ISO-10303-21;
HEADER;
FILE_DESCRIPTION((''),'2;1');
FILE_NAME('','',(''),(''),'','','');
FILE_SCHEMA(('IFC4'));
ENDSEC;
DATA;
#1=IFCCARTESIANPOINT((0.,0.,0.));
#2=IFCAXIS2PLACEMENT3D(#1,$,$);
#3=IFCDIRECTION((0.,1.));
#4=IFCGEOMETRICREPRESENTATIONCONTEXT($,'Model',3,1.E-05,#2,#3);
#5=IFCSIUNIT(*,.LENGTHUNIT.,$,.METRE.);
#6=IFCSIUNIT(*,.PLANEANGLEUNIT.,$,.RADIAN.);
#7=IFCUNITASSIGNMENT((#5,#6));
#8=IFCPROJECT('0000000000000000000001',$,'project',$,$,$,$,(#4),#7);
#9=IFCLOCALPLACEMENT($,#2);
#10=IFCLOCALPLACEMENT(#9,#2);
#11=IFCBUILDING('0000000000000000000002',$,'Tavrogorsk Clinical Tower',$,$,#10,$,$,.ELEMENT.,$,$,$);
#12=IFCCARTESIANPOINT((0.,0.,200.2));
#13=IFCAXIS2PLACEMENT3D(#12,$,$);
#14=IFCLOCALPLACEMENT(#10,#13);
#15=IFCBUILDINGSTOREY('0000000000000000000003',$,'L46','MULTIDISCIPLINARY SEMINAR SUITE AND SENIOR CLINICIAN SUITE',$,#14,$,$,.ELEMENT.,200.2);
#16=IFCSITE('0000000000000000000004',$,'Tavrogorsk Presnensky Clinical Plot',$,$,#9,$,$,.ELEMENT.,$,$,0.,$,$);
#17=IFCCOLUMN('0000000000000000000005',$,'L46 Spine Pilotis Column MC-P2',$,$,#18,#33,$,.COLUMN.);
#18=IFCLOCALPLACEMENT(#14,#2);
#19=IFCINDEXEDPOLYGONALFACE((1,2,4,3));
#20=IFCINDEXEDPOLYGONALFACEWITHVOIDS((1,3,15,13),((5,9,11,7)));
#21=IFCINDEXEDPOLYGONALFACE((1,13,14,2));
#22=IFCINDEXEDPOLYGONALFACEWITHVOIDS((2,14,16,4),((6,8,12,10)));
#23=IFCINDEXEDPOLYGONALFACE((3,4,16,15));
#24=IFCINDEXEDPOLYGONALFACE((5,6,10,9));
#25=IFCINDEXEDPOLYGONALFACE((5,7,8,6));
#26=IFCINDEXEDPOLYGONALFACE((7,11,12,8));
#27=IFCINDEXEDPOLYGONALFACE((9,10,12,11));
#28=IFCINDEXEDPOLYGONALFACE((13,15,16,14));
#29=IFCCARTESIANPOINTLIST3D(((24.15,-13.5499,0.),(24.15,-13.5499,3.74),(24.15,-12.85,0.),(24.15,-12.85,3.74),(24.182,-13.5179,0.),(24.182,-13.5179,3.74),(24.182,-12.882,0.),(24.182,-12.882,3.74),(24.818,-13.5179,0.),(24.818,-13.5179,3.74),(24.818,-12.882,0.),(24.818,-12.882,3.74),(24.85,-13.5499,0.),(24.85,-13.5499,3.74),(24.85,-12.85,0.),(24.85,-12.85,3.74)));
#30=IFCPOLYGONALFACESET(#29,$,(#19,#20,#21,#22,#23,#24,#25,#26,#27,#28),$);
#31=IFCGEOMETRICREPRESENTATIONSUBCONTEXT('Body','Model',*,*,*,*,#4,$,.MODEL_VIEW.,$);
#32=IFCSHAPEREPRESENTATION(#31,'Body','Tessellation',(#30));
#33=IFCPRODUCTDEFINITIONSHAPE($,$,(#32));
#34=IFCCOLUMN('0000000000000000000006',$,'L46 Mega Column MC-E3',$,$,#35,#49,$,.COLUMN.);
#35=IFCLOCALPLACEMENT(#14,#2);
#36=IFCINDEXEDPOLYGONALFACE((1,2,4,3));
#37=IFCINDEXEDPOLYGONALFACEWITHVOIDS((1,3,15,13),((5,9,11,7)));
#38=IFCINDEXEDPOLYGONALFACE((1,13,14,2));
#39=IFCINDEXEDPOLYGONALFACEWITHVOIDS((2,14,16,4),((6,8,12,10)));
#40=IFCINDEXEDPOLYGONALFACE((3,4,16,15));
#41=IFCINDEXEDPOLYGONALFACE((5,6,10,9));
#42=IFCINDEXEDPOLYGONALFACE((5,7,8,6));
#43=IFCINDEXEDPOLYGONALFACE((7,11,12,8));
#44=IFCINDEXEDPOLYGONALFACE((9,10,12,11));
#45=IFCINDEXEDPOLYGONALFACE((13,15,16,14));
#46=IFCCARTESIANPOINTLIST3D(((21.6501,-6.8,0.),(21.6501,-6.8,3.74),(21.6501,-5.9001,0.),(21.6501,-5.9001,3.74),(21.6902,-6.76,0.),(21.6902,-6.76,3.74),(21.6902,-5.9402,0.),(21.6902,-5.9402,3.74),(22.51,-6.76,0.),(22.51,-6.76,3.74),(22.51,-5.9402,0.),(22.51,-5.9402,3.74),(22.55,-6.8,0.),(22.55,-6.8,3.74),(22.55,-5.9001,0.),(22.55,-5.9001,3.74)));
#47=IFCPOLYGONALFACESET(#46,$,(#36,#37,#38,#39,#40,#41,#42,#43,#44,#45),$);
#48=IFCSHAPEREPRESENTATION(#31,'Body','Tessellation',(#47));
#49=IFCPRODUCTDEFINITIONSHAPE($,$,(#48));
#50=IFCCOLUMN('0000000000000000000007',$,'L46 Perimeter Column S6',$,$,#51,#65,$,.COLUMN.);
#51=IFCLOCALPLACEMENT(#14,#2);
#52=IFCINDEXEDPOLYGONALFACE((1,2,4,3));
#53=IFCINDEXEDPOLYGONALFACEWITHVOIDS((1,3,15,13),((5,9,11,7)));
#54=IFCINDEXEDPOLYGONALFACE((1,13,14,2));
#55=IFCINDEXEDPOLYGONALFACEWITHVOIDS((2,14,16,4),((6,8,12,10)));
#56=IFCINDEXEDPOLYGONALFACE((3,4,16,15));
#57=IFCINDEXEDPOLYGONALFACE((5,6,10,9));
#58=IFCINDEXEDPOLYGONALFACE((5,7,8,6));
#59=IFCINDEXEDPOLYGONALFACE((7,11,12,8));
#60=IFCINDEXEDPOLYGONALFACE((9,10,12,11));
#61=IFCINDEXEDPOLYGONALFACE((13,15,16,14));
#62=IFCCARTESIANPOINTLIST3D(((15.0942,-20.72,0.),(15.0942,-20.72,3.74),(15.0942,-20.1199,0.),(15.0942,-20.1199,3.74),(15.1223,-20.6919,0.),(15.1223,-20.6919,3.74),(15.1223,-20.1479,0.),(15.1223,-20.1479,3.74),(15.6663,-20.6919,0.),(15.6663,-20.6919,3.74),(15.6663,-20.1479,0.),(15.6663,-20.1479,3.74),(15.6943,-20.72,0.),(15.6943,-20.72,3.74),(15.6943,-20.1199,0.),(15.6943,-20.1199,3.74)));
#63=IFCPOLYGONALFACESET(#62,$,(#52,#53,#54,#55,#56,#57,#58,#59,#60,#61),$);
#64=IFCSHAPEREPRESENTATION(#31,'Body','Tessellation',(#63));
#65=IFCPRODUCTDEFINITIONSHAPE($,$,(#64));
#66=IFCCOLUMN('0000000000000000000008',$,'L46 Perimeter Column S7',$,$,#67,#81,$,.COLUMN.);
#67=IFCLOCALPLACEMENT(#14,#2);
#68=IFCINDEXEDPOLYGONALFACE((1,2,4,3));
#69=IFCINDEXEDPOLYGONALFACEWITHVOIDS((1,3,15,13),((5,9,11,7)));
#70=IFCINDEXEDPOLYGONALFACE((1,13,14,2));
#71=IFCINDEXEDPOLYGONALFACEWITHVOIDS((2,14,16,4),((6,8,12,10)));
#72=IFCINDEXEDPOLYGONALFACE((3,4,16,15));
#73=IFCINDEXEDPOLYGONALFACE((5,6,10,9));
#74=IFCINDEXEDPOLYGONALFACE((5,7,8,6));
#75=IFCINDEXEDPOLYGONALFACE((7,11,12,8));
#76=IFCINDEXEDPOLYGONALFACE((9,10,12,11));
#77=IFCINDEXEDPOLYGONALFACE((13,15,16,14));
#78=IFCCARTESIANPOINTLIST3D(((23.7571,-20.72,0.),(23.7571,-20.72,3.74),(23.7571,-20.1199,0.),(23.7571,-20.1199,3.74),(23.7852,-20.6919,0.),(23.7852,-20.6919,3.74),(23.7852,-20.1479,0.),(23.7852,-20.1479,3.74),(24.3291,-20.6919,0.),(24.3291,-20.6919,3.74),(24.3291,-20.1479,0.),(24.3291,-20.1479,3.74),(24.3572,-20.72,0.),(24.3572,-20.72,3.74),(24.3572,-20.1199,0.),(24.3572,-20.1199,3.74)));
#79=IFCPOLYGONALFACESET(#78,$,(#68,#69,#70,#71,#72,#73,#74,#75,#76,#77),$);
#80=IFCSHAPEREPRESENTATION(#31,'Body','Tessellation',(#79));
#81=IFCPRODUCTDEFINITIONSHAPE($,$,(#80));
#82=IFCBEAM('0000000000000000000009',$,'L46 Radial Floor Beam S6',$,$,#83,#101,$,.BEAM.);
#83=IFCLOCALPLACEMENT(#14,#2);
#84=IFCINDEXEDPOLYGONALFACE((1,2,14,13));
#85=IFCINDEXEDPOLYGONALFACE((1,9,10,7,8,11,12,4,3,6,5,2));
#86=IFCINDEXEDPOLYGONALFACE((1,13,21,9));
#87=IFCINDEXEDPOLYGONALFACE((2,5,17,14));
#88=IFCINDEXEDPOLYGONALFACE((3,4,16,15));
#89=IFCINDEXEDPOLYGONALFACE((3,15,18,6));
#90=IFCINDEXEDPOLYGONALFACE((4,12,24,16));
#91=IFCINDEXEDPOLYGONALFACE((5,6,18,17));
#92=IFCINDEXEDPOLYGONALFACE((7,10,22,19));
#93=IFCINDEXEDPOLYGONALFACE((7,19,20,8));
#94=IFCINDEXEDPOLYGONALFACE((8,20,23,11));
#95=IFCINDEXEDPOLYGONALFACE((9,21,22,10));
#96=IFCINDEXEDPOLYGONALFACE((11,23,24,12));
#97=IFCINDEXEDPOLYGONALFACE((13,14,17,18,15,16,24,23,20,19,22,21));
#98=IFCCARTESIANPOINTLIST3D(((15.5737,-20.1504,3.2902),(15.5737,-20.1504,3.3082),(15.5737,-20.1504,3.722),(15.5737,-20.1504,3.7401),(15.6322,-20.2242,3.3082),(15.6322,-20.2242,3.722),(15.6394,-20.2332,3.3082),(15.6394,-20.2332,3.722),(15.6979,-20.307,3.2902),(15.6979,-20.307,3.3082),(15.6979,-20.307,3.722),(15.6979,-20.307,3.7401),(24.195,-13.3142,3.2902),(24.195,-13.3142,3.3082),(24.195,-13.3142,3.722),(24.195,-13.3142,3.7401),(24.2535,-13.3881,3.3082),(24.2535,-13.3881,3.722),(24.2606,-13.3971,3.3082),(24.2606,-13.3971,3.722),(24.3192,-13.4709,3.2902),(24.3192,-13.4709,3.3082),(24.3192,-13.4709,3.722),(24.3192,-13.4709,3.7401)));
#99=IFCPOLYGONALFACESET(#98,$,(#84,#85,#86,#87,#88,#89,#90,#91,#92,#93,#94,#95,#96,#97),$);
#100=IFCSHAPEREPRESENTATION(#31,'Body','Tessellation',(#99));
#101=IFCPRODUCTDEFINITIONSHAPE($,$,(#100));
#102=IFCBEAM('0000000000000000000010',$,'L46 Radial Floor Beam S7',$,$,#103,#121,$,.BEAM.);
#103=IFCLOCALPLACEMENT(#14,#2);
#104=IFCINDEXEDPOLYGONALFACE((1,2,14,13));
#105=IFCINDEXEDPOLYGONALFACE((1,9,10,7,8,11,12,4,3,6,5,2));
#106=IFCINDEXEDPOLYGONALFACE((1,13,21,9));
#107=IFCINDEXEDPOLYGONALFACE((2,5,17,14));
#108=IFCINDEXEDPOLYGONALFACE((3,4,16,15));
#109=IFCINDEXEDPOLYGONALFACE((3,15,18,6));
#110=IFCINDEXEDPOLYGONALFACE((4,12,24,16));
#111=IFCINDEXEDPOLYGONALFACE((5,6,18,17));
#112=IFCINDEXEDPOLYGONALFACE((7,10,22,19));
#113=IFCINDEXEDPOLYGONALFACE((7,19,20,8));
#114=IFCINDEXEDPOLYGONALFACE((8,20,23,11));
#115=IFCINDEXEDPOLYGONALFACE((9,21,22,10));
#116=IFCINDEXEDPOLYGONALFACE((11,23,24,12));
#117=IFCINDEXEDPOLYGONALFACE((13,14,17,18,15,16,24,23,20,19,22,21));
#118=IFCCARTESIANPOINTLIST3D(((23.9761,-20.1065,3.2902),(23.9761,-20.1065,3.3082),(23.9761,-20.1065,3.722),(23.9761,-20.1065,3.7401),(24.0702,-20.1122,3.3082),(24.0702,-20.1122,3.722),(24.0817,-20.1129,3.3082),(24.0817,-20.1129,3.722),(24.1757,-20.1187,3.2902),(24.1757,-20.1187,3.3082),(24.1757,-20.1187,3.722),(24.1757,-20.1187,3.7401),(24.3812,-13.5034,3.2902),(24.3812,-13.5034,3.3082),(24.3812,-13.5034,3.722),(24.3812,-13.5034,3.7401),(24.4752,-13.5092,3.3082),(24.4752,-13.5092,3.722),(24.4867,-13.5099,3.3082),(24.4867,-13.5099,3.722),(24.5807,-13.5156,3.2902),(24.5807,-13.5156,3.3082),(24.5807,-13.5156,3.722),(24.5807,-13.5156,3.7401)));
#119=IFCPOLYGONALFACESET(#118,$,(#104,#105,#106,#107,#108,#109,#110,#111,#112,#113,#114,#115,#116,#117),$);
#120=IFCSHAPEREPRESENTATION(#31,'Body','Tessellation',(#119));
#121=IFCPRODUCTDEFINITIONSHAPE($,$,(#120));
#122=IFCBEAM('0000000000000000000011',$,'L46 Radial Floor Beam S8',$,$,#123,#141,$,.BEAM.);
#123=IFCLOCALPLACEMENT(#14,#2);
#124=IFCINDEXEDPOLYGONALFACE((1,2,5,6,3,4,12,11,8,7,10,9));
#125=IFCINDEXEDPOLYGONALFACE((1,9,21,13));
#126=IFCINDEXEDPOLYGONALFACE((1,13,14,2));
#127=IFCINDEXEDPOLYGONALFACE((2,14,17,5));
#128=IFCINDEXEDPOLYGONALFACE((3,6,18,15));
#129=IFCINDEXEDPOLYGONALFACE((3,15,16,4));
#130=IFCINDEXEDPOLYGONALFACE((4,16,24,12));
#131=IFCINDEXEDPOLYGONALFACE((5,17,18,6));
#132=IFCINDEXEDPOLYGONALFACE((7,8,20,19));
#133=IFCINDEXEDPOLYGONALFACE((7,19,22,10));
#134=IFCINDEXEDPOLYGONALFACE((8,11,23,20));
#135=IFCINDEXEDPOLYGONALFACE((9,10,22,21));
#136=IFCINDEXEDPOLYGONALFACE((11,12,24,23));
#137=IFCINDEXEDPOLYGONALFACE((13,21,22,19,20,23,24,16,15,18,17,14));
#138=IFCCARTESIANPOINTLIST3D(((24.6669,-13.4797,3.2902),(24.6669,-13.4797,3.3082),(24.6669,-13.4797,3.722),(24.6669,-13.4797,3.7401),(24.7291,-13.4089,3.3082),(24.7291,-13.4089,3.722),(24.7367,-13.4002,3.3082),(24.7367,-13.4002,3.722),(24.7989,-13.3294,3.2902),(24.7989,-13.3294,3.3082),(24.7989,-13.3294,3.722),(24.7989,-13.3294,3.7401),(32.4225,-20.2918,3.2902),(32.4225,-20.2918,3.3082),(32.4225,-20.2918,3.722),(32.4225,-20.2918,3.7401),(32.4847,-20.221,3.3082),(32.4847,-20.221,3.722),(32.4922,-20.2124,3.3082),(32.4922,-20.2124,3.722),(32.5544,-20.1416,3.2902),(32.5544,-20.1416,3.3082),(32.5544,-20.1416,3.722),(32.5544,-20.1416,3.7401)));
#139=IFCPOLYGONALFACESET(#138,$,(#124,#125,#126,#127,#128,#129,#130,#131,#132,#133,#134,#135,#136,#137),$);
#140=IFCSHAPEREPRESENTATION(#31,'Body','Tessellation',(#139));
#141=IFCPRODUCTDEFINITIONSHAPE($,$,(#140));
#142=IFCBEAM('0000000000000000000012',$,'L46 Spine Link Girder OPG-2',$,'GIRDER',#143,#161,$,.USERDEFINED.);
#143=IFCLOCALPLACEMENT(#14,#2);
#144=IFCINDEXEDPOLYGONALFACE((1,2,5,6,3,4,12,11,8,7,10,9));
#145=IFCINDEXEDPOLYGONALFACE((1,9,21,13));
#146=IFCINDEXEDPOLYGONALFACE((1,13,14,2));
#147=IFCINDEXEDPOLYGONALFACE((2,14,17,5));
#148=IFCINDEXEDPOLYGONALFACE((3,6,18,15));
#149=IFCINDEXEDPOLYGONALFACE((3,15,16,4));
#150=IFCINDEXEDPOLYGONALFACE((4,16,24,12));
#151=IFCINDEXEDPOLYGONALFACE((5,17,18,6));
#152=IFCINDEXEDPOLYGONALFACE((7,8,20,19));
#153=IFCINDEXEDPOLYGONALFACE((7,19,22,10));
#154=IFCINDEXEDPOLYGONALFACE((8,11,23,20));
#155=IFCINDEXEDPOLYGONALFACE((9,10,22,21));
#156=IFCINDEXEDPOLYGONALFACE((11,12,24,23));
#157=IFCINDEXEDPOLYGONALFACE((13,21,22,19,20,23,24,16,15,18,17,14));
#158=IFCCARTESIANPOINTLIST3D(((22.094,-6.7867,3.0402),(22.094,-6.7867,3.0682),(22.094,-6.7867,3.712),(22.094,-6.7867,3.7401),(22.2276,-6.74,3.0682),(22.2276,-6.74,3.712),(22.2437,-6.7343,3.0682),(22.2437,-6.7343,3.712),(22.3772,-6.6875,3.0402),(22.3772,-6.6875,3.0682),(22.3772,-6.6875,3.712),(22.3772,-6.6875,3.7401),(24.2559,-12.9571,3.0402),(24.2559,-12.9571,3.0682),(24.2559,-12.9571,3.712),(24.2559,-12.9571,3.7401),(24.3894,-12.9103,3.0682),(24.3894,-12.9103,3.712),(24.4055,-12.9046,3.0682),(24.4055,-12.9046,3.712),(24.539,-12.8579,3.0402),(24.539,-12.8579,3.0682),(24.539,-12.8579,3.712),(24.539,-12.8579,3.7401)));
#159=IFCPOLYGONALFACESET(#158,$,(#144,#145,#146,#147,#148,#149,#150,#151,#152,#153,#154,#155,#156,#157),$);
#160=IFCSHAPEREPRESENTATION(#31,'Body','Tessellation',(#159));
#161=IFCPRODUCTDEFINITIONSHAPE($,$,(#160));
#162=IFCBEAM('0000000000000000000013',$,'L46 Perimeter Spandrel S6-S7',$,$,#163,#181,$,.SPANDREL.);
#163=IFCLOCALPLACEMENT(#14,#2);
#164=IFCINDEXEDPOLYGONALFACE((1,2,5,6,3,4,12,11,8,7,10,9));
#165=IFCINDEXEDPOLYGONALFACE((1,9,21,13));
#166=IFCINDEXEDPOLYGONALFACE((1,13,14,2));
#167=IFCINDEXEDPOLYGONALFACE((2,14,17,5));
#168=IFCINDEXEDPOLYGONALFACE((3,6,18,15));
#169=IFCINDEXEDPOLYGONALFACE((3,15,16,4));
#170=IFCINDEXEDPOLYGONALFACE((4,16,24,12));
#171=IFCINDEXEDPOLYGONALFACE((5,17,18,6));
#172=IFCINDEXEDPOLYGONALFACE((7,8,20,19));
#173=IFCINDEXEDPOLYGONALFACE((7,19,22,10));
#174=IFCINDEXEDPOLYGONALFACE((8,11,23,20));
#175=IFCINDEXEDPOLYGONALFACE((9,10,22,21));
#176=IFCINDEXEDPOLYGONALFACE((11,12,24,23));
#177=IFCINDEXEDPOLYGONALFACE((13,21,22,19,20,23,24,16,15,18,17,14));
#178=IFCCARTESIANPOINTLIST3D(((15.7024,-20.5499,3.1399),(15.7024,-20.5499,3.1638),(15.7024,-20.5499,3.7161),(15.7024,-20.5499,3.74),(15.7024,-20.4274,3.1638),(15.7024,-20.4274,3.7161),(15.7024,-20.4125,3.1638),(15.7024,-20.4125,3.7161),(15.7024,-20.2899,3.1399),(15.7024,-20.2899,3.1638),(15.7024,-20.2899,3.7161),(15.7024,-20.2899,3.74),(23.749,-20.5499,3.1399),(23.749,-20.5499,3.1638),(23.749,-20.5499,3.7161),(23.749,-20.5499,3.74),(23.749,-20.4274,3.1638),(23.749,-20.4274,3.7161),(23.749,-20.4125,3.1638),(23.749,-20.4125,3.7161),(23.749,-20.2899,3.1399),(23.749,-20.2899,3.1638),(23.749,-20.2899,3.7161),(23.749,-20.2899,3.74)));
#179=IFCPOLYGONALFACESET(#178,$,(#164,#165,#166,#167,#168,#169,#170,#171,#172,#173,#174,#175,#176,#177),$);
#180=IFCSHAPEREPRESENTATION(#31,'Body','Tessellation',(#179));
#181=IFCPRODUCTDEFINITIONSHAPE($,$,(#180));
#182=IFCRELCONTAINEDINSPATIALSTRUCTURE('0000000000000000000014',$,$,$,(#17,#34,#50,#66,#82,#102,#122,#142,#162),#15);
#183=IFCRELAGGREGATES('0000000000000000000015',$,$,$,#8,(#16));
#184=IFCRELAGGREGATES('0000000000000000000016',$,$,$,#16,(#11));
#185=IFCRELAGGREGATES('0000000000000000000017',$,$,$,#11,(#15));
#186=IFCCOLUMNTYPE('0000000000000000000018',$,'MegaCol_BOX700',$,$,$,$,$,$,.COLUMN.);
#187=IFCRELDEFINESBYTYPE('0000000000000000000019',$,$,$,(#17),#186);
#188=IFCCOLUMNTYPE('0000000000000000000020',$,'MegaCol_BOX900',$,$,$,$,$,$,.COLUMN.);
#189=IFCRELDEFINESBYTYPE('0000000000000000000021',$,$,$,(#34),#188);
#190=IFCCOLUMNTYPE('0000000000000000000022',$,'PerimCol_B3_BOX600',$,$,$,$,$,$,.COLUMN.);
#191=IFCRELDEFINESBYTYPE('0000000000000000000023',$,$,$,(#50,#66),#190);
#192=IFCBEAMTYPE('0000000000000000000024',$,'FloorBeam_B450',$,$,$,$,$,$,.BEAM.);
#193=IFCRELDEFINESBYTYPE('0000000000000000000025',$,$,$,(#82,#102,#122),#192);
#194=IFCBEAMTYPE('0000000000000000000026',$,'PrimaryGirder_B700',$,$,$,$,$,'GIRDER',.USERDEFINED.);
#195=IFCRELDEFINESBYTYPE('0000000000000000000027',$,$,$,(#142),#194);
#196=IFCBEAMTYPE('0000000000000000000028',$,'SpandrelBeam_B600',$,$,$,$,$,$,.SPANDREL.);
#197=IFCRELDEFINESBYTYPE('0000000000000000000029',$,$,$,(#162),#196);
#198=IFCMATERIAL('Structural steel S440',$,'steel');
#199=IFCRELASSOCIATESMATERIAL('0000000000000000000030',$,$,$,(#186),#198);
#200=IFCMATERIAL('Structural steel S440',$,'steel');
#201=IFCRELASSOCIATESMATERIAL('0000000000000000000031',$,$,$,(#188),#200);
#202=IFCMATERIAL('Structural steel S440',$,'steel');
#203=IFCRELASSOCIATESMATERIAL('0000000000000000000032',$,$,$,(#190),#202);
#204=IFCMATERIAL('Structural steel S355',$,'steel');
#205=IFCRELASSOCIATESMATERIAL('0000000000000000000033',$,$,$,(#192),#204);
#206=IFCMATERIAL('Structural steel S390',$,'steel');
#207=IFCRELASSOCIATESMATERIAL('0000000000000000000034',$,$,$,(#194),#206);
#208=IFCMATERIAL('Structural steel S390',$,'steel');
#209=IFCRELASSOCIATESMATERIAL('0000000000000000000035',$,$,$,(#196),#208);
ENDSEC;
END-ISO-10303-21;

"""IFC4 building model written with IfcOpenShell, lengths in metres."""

from ifc_helpers import new_model, si_unit, direction, frame, origin, origin_2d, place, context, subcontext, project, spatial, hollow_rectangle, i_section, extrude, material, material_profile, profile_set, type_object, element, save


model = new_model("IFC4")

# Units and contexts
model_context = context("Model", 3, precision=1e-05, world=origin(), true_north=direction((0.0, 1.0)))
body_context = subcontext(model_context, "Body", "Model", "MODEL_VIEW")
ifc_project = project(units=[si_unit("LENGTHUNIT", "METRE"), si_unit("PLANEANGLEUNIT", "RADIAN")], contexts=[model_context])

# Site, building, storey
site_placement = place(None, origin())
site = spatial("IfcSite", under=ifc_project, at=site_placement, Name="Tavrogorsk Presnensky Clinical Plot", CompositionType="ELEMENT", RefElevation=0.0)
building_placement = place(site_placement, origin())
building = spatial("IfcBuilding", under=site, at=building_placement, Name="Tavrogorsk Clinical Tower", CompositionType="ELEMENT")
storey_placement = place(building_placement, frame((0.0, 0.0, 200.2)))
storey = spatial("IfcBuildingStorey", under=building, at=storey_placement, Name="L46", Description="MULTIDISCIPLINARY SEMINAR SUITE AND SENIOR CLINICIAN SUITE", CompositionType="ELEMENT", Elevation=200.2)

# Columns
ifc_material_1 = material(Name="Structural steel S440", Category="steel")
ifc_material_profile_1 = material_profile(ifc_material_1, hollow_rectangle(XDim=0.7, YDim=0.7, WallThickness=0.032, at=origin_2d()), Name="BOX-700x700x32")
ifc_profile_set_1 = profile_set([ifc_material_profile_1], Name="Structural steel S440")
column_type_1 = type_object("IfcColumnType", Name="MegaCol_BOX700", PredefinedType="COLUMN", material=ifc_profile_set_1)
column_1_placement = place(storey_placement, frame((24.5, -13.2, 0.0), z_axis=(0.0, 0.0, 1.0), x_axis=(1.0, 0.0, 0.0)))
element("IfcColumn", 1, at=column_1_placement, inside=storey, type_object=column_type_1, Name="L46 Spine Pilotis Column MC-P2", PredefinedType="COLUMN", context=body_context, shape_type="SweptSolid", body=[
    extrude(hollow_rectangle(XDim=0.7, YDim=0.7, WallThickness=0.032, at=origin_2d()), origin(), (0.0, 0.0, 1.0), 3.74),
])
ifc_material_2 = material(Name="Structural steel S440", Category="steel")
ifc_material_profile_2 = material_profile(ifc_material_2, hollow_rectangle(XDim=0.8999, YDim=0.8999, WallThickness=0.04, at=origin_2d()), Name="BOX-900x900x40")
ifc_profile_set_2 = profile_set([ifc_material_profile_2], Name="Structural steel S440")
column_type_2 = type_object("IfcColumnType", Name="MegaCol_BOX900", PredefinedType="COLUMN", material=ifc_profile_set_2)
column_2_placement = place(storey_placement, frame((22.1001, -6.3501, 0.0), z_axis=(0.0, 0.0, 1.0), x_axis=(1.0, 0.0, 0.0)))
element("IfcColumn", 2, at=column_2_placement, inside=storey, type_object=column_type_2, Name="L46 Mega Column MC-E3", PredefinedType="COLUMN", context=body_context, shape_type="SweptSolid", body=[
    extrude(hollow_rectangle(XDim=0.8999, YDim=0.8999, WallThickness=0.04, at=origin_2d()), origin(), (0.0, 0.0, 1.0), 3.74),
])
ifc_material_3 = material(Name="Structural steel S440", Category="steel")
ifc_material_profile_3 = material_profile(ifc_material_3, hollow_rectangle(XDim=0.6001, YDim=0.6001, WallThickness=0.0281, at=origin_2d()), Name="BOX-600x600x28")
ifc_profile_set_3 = profile_set([ifc_material_profile_3], Name="Structural steel S440")
column_type_3 = type_object("IfcColumnType", Name="PerimCol_B3_BOX600", PredefinedType="COLUMN", material=ifc_profile_set_3)
for number, where, z_axis, x_axis, name in (
    (3, (15.3943, -20.4199, 0.0), (0.0, 0.0, 1.0), (1.0, 0.0, 0.0), "L46 Perimeter Column S6"),
    (4, (24.0571, -20.4199, 0.0), (0.0, 0.0, 1.0), (1.0, 0.0, 0.0), "L46 Perimeter Column S7"),
):
    element("IfcColumn", number, at=place(storey_placement, frame(where, z_axis=z_axis, x_axis=x_axis)), inside=storey, type_object=column_type_3, Name=name, PredefinedType="COLUMN", context=body_context, shape_type="SweptSolid", body=[
        extrude(hollow_rectangle(XDim=0.6001, YDim=0.6001, WallThickness=0.0281, at=origin_2d()), origin(), (0.0, 0.0, 1.0), 3.74),
    ])

# Beams
ifc_material_4 = material(Name="Structural steel S355", Category="steel")
ifc_material_profile_4 = material_profile(ifc_material_4, i_section(OverallWidth=0.2, OverallDepth=0.45, WebThickness=0.0115, FlangeThickness=0.0181, at=origin_2d()), Name="B-450x200x11.5x18")
ifc_profile_set_4 = profile_set([ifc_material_profile_4], Name="Structural steel S355")
beam_type_1 = type_object("IfcBeamType", Name="FloorBeam_B450", PredefinedType="BEAM", material=ifc_profile_set_4)
beam_1_placement = place(storey_placement, frame((24.2571, -13.3926, 3.5151), z_axis=(-0.783561, -0.621315, 0.0), x_axis=(0.621315, -0.783561, 0.0)))
element("IfcBeam", 5, at=beam_1_placement, inside=storey, type_object=beam_type_1, Name="L46 Radial Floor Beam S6", PredefinedType="BEAM", context=body_context, shape_type="SweptSolid", body=[
    extrude(i_section(OverallWidth=0.2, OverallDepth=0.45, WebThickness=0.0115, FlangeThickness=0.0181, at=origin_2d()), origin(), (0.0, 0.0, 1.0), 11.0027),
])
beam_2_placement = place(storey_placement, frame((24.481, -13.5095, 3.5151), z_axis=(-0.061225, -0.998124, 0.0), x_axis=(0.998124, -0.061225, 0.0)))
element("IfcBeam", 6, at=beam_2_placement, inside=storey, type_object=beam_type_1, Name="L46 Radial Floor Beam S7", PredefinedType="BEAM", context=body_context, shape_type="SweptSolid", body=[
    extrude(i_section(OverallWidth=0.2, OverallDepth=0.45, WebThickness=0.0115, FlangeThickness=0.0181, at=origin_2d()), origin(), (0.0, 0.0, 1.0), 6.6155),
])
beam_3_placement = place(storey_placement, frame((24.7329, -13.4045, 3.5151), z_axis=(0.751323, -0.659935, 0.0), x_axis=(0.659935, 0.751323, 0.0)))
element("IfcBeam", 7, at=beam_3_placement, inside=storey, type_object=beam_type_1, Name="L46 Radial Floor Beam S8", PredefinedType="BEAM", context=body_context, shape_type="SweptSolid", body=[
    extrude(i_section(OverallWidth=0.2, OverallDepth=0.45, WebThickness=0.0115, FlangeThickness=0.0181, at=origin_2d()), origin(), (0.0, 0.0, 1.0), 10.3225),
])
ifc_material_5 = material(Name="Structural steel S390", Category="steel")
ifc_material_profile_5 = material_profile(ifc_material_5, i_section(OverallWidth=0.3, OverallDepth=0.7, WebThickness=0.0171, FlangeThickness=0.0281, at=origin_2d()), Name="B-700x300x17x28")
ifc_profile_set_5 = profile_set([ifc_material_profile_5], Name="Structural steel S390")
beam_type_2 = type_object("IfcBeamType", Name="PrimaryGirder_B700", ElementType="GIRDER", PredefinedType="USERDEFINED", material=ifc_profile_set_5)
beam_4_placement = place(storey_placement, frame((24.3975, -12.9075, 3.3901), z_axis=(-0.330653, 0.943752, 0.0), x_axis=(-0.943752, -0.330653, 0.0)))
element("IfcBeam", 8, at=beam_4_placement, inside=storey, type_object=beam_type_2, Name="L46 Spine Link Girder OPG-2", ObjectType="GIRDER", PredefinedType="USERDEFINED", context=body_context, shape_type="SweptSolid", body=[
    extrude(i_section(OverallWidth=0.3, OverallDepth=0.7, WebThickness=0.0171, FlangeThickness=0.0281, at=origin_2d()), origin(), (0.0, 0.0, 1.0), 6.5381),
])
ifc_material_6 = material(Name="Structural steel S390", Category="steel")
ifc_material_profile_6 = material_profile(ifc_material_6, i_section(OverallWidth=0.26, OverallDepth=0.6001, WebThickness=0.0149, FlangeThickness=0.0239, at=origin_2d()), Name="B-600x260x15x24")
ifc_profile_set_6 = profile_set([ifc_material_profile_6], Name="Structural steel S390")
beam_type_3 = type_object("IfcBeamType", Name="SpandrelBeam_B600", PredefinedType="SPANDREL", material=ifc_profile_set_6)
beam_5_placement = place(storey_placement, frame((15.7024, -20.4199, 3.4399), z_axis=(1.0, 0.0, 0.0), x_axis=(0.0, 1.0, 0.0)))
element("IfcBeam", 9, at=beam_5_placement, inside=storey, type_object=beam_type_3, Name="L46 Perimeter Spandrel S6-S7", PredefinedType="SPANDREL", context=body_context, shape_type="SweptSolid", body=[
    extrude(i_section(OverallWidth=0.26, OverallDepth=0.6001, WebThickness=0.0149, FlangeThickness=0.0239, at=origin_2d()), origin(), (0.0, 0.0, 1.0), 8.0466),
])

save(model, "model.ifc")
